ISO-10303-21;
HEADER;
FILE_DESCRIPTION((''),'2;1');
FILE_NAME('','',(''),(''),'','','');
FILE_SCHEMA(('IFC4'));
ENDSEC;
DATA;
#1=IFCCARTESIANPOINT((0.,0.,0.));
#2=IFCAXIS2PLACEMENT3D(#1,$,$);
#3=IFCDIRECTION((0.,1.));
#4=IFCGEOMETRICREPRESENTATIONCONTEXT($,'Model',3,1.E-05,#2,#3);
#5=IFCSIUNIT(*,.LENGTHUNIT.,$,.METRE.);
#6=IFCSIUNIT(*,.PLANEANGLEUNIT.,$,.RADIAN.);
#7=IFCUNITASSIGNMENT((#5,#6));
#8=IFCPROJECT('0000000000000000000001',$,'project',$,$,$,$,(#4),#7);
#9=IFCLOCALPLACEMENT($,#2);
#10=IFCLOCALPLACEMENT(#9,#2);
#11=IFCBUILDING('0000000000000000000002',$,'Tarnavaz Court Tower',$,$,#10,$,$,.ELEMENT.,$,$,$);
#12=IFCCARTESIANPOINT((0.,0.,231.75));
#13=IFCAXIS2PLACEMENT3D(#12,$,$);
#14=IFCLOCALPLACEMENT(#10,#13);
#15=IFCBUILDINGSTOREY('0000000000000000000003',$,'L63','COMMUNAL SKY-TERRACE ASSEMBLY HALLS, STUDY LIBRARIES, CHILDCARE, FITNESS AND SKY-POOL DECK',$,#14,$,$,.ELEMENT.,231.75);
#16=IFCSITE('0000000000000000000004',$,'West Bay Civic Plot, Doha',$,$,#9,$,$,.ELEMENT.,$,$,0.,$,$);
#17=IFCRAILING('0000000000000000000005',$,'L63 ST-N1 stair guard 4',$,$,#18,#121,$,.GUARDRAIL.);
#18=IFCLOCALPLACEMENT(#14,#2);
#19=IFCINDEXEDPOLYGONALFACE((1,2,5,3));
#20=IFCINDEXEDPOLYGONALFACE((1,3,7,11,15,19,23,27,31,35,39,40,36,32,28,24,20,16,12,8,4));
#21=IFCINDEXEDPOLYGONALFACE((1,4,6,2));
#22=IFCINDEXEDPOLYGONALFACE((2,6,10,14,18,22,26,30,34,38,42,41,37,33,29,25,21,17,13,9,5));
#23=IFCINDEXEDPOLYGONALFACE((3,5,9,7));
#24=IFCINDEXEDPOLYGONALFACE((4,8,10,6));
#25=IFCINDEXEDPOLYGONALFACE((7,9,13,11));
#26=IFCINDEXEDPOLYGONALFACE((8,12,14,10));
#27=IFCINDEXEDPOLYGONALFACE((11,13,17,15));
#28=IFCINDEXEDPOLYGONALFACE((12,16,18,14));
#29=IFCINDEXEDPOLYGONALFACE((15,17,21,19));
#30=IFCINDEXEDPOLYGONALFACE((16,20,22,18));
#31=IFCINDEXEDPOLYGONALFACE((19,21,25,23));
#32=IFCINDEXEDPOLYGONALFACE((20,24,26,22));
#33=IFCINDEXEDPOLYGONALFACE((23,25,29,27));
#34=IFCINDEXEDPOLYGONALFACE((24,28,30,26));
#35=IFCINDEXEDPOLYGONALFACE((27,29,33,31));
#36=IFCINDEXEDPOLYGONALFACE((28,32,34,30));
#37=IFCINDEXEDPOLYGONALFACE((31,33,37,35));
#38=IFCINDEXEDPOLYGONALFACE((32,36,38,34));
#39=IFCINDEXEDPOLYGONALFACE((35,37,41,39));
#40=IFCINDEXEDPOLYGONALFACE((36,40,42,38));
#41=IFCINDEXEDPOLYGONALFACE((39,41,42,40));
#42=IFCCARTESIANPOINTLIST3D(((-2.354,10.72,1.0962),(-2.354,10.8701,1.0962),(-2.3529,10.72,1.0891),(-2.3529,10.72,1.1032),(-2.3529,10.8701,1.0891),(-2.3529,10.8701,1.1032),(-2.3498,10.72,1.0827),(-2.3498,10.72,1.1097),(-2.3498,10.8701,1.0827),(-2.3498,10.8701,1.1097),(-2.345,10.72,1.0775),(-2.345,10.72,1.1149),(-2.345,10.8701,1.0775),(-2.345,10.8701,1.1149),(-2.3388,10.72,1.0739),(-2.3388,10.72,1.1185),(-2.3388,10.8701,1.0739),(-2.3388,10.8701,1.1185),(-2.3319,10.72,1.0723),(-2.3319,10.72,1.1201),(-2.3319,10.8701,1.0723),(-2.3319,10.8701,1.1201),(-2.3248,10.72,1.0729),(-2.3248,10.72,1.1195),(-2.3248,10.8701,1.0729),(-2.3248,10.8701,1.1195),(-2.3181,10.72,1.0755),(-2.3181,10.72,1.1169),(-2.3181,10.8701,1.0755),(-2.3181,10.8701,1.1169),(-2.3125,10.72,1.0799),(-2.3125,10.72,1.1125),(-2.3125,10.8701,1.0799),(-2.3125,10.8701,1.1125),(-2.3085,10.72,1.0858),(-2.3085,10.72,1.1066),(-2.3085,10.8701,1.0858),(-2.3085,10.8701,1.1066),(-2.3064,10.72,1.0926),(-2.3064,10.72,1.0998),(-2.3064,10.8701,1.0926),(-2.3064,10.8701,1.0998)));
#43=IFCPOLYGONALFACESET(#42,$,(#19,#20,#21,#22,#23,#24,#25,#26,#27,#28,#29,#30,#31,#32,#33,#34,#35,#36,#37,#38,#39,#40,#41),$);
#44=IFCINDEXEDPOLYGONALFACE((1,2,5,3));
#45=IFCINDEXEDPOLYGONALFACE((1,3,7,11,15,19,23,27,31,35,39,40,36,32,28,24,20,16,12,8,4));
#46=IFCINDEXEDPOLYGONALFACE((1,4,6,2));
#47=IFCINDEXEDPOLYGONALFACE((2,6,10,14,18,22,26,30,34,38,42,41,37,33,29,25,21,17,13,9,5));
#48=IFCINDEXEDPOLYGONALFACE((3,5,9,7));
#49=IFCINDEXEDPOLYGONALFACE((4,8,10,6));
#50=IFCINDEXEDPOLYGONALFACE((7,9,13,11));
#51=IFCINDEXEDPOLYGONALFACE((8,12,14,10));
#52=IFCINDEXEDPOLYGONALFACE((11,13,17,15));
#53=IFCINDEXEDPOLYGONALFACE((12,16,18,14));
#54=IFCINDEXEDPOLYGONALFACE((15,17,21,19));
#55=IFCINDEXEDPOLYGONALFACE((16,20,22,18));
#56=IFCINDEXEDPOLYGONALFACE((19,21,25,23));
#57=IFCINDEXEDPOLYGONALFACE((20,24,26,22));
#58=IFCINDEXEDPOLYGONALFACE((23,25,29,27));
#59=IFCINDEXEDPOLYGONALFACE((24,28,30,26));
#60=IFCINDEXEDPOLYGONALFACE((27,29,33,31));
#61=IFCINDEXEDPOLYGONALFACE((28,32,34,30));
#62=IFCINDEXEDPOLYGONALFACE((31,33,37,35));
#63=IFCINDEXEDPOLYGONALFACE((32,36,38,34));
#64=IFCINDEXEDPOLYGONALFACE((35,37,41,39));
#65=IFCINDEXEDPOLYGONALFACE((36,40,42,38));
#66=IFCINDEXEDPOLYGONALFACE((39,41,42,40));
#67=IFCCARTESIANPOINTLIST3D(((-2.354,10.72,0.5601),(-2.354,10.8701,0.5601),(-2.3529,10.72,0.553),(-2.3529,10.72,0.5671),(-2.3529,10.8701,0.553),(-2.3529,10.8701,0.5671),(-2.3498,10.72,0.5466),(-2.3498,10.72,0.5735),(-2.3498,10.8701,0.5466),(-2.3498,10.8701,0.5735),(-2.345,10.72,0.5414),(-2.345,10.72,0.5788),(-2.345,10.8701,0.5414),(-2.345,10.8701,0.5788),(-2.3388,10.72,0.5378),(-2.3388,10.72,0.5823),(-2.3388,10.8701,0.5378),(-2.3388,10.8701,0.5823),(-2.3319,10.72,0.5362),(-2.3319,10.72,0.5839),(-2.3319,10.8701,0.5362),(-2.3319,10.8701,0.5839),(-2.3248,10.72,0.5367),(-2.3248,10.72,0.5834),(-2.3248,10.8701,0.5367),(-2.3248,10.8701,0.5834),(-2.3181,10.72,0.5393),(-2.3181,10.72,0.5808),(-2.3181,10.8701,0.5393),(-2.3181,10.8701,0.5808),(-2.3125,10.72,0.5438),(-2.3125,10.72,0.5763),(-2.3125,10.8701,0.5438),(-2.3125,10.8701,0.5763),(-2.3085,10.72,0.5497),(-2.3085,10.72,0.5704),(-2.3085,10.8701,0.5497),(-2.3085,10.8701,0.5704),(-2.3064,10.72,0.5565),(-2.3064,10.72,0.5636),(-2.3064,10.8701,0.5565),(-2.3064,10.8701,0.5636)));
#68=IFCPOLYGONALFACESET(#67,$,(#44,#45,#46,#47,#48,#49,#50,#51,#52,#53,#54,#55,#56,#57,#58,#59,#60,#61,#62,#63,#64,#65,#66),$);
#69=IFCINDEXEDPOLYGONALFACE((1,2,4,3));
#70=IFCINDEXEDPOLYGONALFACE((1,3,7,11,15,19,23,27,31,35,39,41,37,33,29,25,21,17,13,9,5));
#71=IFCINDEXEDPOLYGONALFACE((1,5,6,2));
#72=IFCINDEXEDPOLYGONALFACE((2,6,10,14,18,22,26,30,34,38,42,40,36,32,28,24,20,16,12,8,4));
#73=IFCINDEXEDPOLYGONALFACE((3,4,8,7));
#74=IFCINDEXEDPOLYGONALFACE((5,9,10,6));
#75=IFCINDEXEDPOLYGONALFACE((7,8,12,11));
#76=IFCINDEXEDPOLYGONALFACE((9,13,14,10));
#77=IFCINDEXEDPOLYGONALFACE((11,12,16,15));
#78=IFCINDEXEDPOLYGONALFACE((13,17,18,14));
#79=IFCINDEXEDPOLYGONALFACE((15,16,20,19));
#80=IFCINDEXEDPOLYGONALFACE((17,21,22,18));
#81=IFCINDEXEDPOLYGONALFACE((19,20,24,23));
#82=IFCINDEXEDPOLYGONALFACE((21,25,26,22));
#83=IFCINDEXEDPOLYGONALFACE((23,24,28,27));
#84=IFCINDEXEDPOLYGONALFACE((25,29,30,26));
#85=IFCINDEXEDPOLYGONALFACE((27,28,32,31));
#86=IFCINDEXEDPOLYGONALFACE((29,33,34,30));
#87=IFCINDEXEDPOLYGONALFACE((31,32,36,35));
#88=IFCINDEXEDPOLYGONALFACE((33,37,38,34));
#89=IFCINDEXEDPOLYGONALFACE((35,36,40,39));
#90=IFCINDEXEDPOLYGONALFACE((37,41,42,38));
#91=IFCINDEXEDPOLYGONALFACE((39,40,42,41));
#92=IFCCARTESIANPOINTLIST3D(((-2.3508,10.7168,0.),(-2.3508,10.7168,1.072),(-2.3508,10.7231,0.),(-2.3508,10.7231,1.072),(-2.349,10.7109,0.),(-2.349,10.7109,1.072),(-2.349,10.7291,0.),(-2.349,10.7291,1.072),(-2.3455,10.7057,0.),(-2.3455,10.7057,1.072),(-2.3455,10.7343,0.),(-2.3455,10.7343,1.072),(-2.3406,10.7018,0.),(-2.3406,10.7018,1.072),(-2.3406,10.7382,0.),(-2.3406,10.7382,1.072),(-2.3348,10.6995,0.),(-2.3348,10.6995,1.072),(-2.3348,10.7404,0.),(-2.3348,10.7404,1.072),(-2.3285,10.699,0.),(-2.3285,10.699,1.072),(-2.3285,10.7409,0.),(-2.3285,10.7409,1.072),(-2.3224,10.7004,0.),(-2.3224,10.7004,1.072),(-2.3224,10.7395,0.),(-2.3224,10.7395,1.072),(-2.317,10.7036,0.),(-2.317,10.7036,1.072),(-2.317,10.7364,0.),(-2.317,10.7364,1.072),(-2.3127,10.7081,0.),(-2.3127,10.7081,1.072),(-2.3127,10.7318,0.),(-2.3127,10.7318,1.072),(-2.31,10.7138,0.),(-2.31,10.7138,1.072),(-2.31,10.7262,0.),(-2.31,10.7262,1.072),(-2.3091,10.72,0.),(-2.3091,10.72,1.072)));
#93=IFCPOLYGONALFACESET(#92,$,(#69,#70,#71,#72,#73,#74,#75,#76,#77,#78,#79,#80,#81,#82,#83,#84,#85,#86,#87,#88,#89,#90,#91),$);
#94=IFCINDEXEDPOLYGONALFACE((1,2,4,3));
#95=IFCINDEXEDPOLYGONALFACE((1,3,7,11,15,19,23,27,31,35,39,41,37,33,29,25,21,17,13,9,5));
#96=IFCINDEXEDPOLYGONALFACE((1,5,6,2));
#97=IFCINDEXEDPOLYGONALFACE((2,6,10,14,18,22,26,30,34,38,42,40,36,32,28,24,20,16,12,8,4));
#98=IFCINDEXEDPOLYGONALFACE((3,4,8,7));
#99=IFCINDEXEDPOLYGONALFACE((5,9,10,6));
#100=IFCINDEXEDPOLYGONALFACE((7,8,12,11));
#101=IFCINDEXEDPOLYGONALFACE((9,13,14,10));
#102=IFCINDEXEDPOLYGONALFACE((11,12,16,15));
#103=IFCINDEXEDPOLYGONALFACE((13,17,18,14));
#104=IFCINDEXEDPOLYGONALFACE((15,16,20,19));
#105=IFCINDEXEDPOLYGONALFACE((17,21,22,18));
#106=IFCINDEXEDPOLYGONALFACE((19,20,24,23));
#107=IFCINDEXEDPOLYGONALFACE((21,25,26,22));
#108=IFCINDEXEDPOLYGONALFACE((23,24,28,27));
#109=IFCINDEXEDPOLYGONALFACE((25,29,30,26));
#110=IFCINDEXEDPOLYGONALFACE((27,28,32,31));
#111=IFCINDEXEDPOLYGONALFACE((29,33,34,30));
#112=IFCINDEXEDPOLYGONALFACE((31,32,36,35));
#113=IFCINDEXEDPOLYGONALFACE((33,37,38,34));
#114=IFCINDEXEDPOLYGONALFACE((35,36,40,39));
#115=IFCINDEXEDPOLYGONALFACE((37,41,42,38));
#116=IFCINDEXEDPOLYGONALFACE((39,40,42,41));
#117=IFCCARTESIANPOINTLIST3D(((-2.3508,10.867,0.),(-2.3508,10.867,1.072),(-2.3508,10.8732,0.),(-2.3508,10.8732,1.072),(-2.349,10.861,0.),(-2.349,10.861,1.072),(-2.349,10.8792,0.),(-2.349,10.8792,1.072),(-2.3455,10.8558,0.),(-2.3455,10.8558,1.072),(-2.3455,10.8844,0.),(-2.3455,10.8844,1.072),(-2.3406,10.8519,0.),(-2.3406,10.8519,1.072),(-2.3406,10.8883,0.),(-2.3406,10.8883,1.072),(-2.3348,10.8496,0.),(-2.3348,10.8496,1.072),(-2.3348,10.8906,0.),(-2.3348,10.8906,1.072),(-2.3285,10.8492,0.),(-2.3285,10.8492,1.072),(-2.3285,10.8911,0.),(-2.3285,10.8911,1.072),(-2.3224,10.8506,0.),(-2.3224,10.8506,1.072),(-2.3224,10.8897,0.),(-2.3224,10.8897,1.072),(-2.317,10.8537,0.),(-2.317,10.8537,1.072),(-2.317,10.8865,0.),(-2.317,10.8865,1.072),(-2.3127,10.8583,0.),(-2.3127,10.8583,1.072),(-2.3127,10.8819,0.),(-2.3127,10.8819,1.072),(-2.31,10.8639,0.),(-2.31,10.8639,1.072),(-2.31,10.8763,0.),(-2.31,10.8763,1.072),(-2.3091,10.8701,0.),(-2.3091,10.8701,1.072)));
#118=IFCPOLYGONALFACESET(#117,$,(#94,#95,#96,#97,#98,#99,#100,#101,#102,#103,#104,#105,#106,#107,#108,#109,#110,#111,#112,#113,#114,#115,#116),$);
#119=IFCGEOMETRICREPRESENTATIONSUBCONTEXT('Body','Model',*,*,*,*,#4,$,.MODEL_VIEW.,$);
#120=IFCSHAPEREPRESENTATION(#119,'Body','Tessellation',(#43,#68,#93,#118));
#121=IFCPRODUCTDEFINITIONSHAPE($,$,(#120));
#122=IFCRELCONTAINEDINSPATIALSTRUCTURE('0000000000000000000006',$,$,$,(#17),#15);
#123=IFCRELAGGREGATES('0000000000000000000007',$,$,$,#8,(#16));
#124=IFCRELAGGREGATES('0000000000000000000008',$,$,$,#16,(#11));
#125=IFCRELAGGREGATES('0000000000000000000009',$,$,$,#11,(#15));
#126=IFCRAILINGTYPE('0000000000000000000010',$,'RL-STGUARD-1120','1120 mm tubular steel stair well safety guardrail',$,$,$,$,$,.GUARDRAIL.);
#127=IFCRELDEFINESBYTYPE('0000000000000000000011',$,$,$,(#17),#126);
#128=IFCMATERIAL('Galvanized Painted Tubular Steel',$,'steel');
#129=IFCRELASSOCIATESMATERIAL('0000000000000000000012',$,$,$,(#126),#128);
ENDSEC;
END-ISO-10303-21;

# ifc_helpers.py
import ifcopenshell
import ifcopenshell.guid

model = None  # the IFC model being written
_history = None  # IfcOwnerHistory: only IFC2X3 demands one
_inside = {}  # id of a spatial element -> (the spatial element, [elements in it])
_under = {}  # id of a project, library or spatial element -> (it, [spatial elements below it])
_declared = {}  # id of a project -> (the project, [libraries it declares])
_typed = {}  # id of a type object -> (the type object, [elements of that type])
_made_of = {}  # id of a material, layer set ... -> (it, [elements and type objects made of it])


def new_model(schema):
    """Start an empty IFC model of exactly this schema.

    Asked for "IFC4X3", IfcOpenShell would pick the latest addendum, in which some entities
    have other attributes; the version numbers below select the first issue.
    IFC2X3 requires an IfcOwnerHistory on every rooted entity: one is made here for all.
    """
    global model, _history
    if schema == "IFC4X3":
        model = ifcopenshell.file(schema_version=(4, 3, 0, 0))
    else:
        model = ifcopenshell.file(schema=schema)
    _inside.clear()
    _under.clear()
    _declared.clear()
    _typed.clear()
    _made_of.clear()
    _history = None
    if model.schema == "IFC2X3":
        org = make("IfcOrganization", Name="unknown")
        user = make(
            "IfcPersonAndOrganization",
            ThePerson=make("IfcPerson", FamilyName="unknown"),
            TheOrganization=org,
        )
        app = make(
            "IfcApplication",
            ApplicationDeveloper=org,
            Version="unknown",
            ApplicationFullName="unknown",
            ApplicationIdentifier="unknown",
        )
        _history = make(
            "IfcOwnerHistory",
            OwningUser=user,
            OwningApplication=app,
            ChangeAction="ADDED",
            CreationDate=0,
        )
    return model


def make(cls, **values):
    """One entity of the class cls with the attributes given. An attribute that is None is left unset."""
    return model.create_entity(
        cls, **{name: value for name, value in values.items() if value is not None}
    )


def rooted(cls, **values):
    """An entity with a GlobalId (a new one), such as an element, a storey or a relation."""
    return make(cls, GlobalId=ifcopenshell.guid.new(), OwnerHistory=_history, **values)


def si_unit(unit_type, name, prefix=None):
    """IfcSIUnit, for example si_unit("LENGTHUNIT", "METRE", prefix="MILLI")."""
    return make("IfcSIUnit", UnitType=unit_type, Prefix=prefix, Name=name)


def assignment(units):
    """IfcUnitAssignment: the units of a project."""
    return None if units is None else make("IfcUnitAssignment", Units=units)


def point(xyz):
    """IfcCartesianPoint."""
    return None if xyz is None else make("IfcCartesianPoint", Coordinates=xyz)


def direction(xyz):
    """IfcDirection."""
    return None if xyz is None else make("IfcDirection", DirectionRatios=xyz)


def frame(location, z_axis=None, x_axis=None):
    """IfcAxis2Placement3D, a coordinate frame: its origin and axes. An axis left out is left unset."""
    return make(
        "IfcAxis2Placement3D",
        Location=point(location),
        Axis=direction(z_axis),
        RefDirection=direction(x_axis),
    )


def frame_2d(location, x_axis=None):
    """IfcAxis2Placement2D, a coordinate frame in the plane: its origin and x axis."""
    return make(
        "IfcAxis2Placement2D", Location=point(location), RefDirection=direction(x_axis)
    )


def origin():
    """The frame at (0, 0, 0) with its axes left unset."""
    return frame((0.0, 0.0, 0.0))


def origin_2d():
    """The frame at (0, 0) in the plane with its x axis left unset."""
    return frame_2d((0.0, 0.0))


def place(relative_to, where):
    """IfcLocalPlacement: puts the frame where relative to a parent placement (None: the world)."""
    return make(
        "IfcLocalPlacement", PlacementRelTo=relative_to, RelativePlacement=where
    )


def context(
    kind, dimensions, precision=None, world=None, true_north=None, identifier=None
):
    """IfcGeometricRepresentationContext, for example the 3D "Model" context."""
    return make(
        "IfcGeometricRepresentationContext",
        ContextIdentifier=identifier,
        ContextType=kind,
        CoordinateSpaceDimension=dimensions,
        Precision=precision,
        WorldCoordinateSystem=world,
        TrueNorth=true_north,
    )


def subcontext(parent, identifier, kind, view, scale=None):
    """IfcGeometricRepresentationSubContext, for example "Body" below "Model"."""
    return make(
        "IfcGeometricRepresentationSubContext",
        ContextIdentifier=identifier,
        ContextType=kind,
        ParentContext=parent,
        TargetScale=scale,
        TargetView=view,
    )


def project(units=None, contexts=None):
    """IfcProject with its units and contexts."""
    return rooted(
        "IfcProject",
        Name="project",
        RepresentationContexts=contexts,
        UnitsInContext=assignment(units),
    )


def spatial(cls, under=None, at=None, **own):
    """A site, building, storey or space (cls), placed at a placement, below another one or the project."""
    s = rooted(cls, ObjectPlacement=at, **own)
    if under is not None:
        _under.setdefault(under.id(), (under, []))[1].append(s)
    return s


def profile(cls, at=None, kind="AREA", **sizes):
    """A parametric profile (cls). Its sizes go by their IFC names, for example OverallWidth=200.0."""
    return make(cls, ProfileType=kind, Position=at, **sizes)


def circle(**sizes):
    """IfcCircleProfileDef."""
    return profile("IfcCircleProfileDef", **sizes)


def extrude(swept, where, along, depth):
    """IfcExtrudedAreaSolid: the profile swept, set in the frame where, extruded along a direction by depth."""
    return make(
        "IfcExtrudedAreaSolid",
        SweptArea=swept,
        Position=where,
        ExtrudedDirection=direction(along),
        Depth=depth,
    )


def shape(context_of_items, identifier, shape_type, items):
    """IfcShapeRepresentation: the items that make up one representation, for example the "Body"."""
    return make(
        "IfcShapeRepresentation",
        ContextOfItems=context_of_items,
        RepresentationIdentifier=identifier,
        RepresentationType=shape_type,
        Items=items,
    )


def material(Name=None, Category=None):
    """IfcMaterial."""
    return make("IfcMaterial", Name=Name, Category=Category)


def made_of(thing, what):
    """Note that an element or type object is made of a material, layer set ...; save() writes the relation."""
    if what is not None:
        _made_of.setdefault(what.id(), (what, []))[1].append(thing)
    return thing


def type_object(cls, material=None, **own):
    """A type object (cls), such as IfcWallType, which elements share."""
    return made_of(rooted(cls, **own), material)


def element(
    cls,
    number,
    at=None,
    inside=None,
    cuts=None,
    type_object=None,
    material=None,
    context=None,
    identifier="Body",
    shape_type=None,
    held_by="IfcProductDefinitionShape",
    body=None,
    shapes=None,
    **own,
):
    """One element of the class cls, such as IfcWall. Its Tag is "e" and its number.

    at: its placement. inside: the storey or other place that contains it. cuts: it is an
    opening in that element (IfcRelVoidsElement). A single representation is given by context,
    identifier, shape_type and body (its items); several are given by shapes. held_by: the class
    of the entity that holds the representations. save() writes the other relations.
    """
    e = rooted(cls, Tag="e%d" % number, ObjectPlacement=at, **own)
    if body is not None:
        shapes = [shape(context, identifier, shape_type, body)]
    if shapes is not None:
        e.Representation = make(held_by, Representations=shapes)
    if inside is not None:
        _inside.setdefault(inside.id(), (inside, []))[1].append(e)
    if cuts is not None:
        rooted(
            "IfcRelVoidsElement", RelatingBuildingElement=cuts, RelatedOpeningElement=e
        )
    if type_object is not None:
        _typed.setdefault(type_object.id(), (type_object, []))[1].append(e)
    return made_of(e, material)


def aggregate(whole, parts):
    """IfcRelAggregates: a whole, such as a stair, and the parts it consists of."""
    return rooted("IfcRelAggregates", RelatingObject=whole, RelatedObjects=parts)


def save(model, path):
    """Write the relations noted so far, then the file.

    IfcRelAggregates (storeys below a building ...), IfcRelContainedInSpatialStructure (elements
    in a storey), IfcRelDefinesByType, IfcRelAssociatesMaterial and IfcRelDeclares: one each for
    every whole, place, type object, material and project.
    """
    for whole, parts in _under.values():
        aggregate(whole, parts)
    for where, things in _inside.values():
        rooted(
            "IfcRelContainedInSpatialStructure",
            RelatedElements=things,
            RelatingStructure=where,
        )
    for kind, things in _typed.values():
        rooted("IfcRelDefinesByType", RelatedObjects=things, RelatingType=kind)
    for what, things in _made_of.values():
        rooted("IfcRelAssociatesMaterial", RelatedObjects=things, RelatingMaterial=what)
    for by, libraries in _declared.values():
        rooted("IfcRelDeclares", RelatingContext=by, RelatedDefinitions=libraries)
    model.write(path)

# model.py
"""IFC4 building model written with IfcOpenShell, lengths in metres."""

from ifc_helpers import new_model, si_unit, direction, frame, origin, origin_2d, place, context, subcontext, project, spatial, circle, extrude, material, type_object, element, save


model = new_model("IFC4")

# Units and contexts
model_context = context("Model", 3, precision=1e-05, world=origin(), true_north=direction((0.0, 1.0)))
body_context = subcontext(model_context, "Body", "Model", "MODEL_VIEW")
ifc_project = project(units=[si_unit("LENGTHUNIT", "METRE"), si_unit("PLANEANGLEUNIT", "RADIAN")], contexts=[model_context])

# Site, building, storey
site_placement = place(None, origin())
site = spatial("IfcSite", under=ifc_project, at=site_placement, Name="West Bay Civic Plot, Doha", CompositionType="ELEMENT", RefElevation=0.0)
building_placement = place(site_placement, origin())
building = spatial("IfcBuilding", under=site, at=building_placement, Name="Tarnavaz Court Tower", CompositionType="ELEMENT")
storey_placement = place(building_placement, frame((0.0, 0.0, 231.75)))
storey = spatial("IfcBuildingStorey", under=building, at=storey_placement, Name="L63", Description="COMMUNAL SKY-TERRACE ASSEMBLY HALLS, STUDY LIBRARIES, CHILDCARE, FITNESS AND SKY-POOL DECK", CompositionType="ELEMENT", Elevation=231.75)

# Railing
ifc_material_1 = material(Name="Galvanized Painted Tubular Steel", Category="steel")
railing_type_1 = type_object("IfcRailingType", Name="RL-STGUARD-1120", Description="1120 mm tubular steel stair well safety guardrail", PredefinedType="GUARDRAIL", material=ifc_material_1)
railing_1_placement = place(storey_placement, frame((-2.3301, 10.72, 0.0)))
element("IfcRailing", 1, at=railing_1_placement, inside=storey, type_object=railing_type_1, Name="L63 ST-N1 stair guard 4", PredefinedType="GUARDRAIL", context=body_context, shape_type="SweptSolid", body=[
    extrude(circle(Radius=0.0239, at=origin_2d()), frame((0.0, 0.0, 1.0962), z_axis=(0.0, 1.0, 0.0), x_axis=(-1.0, 0.0, 0.0)), (0.0, 0.0, 1.0), 0.1501),
    extrude(circle(Radius=0.0239, at=origin_2d()), frame((0.0, 0.0, 0.5601), z_axis=(0.0, 1.0, 0.0), x_axis=(-1.0, 0.0, 0.0)), (0.0, 0.0, 1.0), 0.1501),
    extrude(circle(Radius=0.021, at=origin_2d()), origin(), (0.0, 0.0, 1.0), 1.072),
    extrude(circle(Radius=0.021, at=origin_2d()), frame((0.0, 0.1501, 0.0)), (0.0, 0.0, 1.0), 1.072),
])

save(model, "model.ifc")
